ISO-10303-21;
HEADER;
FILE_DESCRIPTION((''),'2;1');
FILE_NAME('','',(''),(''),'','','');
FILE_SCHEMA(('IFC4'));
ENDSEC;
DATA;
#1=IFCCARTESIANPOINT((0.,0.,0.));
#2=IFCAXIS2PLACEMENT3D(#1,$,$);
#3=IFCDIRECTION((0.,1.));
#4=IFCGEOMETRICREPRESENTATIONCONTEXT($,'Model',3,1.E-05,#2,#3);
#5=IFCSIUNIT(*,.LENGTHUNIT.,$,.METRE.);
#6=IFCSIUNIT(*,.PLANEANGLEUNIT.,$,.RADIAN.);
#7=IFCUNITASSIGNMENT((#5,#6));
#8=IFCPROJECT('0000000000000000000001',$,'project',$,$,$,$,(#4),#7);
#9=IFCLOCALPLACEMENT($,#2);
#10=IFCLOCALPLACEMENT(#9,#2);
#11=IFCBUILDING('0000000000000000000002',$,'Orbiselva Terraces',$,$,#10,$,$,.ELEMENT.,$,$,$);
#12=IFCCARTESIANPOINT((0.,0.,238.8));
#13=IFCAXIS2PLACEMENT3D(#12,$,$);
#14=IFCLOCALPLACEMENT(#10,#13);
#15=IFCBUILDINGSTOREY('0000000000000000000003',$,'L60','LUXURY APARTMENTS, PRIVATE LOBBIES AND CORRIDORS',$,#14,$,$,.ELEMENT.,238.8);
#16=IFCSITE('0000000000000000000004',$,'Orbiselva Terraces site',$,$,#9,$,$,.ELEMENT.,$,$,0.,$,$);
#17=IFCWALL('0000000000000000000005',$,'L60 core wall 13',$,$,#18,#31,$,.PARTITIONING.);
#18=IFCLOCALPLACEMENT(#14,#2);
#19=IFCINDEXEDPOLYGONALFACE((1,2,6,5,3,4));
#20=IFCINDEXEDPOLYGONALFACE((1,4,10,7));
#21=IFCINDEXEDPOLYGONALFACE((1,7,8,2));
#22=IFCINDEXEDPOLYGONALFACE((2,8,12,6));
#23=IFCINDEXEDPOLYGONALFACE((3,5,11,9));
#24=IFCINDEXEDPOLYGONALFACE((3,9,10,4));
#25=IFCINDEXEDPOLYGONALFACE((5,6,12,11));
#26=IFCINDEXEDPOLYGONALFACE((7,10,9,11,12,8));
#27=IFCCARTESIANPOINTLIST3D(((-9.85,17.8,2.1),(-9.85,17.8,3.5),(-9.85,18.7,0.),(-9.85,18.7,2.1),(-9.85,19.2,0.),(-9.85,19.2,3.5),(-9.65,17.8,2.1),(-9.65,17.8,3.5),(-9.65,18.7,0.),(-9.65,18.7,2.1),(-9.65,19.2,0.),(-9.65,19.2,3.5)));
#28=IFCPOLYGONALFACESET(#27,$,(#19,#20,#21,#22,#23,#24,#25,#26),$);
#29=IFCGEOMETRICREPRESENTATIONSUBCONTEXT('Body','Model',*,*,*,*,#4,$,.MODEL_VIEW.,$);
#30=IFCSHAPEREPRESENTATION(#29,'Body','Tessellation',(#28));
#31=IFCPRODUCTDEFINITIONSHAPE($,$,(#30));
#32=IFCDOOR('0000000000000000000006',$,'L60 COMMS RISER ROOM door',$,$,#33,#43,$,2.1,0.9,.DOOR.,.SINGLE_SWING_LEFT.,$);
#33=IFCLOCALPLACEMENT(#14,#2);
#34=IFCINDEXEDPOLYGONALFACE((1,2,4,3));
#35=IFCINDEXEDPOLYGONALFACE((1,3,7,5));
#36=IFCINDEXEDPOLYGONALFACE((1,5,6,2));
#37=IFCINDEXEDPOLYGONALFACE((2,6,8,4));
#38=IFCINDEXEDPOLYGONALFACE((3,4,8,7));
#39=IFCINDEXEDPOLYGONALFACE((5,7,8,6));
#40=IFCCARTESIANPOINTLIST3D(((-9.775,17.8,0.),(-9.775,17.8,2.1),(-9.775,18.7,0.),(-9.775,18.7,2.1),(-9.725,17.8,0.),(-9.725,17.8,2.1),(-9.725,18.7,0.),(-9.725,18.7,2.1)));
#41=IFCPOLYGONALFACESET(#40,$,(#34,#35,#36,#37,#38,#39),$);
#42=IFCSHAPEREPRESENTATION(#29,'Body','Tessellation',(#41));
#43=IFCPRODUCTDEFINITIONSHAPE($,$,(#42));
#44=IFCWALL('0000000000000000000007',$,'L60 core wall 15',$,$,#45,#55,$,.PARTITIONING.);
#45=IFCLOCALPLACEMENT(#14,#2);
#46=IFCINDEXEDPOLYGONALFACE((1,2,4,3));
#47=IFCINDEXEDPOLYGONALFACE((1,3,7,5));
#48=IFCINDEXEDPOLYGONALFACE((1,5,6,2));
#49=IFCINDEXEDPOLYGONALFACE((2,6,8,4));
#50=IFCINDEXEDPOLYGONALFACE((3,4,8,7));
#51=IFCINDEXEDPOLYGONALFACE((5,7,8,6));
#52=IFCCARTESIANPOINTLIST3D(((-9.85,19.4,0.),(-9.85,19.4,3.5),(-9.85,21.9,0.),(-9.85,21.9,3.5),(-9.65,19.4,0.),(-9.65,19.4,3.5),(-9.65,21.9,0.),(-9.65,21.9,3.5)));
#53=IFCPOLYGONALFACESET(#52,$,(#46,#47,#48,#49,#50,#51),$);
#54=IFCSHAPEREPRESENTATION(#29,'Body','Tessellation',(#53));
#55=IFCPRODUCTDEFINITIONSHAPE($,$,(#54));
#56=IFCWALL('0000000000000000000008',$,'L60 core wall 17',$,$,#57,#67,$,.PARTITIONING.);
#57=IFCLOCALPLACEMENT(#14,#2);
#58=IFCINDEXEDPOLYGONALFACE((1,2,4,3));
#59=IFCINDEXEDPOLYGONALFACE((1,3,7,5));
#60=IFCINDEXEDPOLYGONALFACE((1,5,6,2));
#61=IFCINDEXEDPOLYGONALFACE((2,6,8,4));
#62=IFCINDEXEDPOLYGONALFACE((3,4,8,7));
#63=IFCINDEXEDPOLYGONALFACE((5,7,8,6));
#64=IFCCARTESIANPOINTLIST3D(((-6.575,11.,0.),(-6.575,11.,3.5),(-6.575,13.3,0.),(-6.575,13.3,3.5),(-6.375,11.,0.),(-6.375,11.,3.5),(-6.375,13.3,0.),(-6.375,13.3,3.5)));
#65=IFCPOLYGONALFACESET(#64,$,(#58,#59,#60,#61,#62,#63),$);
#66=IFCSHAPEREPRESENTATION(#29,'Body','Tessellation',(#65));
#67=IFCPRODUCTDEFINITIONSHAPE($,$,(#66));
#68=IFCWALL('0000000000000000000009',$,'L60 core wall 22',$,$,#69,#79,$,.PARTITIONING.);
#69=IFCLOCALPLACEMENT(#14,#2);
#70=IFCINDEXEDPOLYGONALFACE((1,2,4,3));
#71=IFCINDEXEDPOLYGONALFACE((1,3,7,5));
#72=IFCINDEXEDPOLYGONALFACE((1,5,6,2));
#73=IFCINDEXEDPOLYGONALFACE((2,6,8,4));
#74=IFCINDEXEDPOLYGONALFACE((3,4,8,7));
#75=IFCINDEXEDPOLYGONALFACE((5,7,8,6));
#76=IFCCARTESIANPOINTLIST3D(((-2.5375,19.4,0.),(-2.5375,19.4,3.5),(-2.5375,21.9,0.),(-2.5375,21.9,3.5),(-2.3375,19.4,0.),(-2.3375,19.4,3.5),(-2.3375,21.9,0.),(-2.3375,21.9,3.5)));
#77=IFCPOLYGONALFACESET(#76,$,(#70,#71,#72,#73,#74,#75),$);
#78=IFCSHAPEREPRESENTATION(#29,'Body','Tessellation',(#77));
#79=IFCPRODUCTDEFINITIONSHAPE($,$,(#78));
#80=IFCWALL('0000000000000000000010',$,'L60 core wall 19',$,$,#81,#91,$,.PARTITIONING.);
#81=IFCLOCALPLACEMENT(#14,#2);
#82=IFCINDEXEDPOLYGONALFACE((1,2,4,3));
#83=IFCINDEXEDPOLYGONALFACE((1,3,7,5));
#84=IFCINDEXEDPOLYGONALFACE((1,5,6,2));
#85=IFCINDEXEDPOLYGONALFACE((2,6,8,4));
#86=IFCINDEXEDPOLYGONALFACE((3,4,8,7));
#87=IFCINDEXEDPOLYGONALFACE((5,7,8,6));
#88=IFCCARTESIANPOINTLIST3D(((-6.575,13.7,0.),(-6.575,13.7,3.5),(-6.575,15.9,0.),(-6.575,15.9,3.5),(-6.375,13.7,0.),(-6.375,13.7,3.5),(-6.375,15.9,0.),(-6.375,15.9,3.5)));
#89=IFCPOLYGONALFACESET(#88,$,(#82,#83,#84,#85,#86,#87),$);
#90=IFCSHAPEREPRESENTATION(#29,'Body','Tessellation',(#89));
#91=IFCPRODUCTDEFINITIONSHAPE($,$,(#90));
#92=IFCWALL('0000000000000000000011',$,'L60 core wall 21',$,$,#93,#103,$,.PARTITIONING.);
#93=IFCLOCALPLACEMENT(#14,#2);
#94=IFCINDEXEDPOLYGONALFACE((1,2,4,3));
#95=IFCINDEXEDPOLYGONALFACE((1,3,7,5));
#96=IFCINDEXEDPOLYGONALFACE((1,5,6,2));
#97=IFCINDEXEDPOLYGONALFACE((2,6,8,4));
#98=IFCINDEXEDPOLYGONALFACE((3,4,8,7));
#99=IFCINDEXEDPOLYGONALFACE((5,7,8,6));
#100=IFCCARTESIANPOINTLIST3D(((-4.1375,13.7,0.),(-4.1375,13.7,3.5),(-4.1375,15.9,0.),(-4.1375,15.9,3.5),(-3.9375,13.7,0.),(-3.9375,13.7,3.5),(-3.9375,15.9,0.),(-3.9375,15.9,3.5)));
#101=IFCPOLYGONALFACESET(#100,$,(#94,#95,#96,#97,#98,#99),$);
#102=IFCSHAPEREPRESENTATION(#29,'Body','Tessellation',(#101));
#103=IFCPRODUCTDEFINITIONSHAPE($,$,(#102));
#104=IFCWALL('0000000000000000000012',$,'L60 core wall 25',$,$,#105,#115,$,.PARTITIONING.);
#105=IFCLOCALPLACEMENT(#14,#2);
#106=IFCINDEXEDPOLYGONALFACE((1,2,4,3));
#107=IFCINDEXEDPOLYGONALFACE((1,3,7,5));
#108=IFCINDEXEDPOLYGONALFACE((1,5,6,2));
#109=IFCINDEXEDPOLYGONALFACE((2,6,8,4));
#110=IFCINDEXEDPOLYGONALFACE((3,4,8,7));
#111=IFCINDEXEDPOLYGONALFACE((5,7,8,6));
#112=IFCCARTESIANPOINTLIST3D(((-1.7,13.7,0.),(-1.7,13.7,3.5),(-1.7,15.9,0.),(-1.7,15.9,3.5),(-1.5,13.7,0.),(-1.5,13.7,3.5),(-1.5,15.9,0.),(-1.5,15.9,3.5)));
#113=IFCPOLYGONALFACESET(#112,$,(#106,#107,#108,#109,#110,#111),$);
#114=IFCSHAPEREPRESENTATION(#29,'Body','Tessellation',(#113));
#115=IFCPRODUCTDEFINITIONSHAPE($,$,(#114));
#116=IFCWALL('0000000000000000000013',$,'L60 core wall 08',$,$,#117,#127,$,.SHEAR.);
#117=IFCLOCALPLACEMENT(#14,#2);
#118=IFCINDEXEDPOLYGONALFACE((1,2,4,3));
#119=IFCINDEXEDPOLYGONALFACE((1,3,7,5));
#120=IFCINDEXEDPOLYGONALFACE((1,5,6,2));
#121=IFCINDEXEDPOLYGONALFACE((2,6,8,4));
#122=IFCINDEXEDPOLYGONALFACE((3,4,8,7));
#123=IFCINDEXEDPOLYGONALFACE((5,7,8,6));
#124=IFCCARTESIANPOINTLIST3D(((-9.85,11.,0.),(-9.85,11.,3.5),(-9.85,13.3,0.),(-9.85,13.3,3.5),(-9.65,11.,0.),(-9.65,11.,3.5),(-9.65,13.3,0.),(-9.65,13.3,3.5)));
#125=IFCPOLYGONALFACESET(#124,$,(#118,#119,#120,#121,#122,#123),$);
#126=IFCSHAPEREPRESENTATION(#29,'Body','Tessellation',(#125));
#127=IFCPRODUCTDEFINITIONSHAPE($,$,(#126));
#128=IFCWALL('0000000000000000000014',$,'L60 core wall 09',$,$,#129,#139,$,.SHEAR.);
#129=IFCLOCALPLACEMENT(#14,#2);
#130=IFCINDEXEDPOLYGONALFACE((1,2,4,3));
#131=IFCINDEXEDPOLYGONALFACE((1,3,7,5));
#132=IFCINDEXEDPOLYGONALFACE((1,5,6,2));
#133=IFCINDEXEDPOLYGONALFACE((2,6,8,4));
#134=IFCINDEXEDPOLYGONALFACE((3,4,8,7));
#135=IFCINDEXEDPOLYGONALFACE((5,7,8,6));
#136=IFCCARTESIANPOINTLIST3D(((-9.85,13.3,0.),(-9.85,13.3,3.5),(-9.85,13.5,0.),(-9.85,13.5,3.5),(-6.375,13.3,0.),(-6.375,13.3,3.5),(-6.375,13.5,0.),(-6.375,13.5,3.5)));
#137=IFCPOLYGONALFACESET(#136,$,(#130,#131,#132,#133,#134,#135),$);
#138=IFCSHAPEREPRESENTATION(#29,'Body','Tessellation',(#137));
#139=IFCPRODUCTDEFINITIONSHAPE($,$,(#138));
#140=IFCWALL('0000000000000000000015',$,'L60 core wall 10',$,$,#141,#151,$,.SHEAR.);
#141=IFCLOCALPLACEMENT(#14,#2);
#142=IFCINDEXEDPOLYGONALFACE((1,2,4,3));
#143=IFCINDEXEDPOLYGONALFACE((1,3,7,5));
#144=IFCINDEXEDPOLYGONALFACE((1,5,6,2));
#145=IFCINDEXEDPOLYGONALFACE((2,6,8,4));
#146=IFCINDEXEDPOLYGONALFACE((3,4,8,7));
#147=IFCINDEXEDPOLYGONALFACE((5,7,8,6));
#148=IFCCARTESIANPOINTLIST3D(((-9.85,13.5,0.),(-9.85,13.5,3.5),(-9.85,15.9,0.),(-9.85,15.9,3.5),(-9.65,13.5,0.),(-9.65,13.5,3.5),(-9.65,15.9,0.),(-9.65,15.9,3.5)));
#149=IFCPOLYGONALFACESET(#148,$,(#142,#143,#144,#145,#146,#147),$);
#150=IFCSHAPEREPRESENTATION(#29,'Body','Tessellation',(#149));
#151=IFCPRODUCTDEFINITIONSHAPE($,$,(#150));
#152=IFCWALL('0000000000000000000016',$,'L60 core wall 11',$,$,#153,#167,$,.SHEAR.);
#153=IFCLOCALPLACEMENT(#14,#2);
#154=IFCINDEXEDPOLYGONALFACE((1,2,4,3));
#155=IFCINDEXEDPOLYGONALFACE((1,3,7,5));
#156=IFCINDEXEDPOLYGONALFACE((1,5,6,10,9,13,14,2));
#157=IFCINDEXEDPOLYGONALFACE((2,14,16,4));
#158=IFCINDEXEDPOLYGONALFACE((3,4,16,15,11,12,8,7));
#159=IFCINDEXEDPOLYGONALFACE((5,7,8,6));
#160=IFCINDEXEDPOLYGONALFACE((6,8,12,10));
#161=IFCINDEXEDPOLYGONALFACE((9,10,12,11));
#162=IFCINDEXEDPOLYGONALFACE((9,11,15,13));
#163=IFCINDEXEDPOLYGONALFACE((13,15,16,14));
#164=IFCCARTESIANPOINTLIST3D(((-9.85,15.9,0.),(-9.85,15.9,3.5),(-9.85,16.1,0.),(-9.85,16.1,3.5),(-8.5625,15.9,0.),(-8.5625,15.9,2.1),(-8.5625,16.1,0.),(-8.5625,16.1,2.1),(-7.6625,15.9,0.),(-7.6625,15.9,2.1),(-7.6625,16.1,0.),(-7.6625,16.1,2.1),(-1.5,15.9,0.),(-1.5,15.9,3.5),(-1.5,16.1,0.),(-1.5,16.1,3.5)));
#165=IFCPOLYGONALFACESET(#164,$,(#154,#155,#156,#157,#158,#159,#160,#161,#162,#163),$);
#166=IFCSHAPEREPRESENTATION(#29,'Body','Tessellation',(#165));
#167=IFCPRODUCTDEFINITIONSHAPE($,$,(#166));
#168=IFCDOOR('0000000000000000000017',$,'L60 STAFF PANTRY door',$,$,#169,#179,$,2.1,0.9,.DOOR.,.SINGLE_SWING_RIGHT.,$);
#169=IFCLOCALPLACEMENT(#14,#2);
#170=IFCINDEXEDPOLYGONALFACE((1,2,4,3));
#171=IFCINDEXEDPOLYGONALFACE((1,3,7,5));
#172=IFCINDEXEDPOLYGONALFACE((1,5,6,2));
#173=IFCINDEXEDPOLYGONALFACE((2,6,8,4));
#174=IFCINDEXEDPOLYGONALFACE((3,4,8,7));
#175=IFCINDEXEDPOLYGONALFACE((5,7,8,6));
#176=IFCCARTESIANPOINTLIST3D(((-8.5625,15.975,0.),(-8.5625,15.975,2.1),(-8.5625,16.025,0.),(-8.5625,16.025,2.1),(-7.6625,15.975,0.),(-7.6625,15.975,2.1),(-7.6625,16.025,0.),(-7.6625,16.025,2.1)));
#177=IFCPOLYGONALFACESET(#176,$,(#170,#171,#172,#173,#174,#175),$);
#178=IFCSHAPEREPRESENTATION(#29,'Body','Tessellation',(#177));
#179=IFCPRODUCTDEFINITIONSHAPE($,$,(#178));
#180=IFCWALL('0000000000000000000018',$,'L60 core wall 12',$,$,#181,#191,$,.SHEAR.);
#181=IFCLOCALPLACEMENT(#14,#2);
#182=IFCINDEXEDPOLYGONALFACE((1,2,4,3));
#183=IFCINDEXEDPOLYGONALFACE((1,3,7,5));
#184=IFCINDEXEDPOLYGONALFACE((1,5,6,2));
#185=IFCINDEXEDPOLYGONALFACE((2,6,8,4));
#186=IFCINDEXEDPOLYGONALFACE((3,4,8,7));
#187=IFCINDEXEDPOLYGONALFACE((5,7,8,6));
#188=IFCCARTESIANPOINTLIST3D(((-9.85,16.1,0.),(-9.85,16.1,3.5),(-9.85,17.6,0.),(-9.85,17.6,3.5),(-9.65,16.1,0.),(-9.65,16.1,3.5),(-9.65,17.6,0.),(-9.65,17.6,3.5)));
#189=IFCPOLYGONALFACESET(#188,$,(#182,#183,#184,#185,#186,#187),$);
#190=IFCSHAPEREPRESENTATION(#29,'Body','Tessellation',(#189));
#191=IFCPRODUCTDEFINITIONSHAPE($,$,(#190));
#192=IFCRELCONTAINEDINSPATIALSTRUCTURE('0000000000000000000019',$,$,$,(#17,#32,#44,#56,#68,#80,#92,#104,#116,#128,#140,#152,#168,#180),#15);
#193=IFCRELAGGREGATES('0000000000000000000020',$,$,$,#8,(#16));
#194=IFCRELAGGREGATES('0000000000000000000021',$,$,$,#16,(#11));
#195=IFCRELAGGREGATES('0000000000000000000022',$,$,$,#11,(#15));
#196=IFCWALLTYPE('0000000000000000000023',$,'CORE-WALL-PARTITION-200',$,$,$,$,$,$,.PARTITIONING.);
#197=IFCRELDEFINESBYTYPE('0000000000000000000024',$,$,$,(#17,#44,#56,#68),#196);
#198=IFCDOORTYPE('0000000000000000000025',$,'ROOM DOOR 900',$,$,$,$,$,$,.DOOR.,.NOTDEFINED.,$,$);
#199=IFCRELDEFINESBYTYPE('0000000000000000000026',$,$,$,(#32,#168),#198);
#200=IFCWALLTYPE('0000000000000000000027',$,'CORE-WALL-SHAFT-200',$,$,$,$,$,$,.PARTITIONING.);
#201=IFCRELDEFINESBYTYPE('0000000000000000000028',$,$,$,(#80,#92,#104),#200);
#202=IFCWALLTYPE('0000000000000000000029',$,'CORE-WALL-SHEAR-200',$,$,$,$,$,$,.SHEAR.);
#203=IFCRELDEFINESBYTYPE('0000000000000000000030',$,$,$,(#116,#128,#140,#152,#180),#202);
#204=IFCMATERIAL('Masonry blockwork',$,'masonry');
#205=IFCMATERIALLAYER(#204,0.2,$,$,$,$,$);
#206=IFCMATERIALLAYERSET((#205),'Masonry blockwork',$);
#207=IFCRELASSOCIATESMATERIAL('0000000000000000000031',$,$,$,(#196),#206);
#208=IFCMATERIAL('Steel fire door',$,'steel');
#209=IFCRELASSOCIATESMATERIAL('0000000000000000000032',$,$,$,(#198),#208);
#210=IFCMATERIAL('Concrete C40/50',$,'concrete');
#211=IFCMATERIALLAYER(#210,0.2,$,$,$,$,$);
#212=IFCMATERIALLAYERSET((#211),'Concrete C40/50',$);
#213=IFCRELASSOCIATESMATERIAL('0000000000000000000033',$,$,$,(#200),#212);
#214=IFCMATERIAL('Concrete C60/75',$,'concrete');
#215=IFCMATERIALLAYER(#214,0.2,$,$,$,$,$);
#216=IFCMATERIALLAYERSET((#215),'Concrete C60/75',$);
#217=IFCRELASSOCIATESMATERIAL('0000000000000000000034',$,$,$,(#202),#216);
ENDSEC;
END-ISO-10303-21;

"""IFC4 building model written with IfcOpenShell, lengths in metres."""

from ifc_helpers import new_model, si_unit, direction, frame, frame_2d, origin, place, context, subcontext, project, spatial, rectangle, extrude, material, layer, layer_set, type_object, element, fill, save


model = new_model("IFC4")

# Units and contexts
model_context = context("Model", 3, precision=1e-05, world=origin(), true_north=direction((0.0, 1.0)))
body_context = subcontext(model_context, "Body", "Model", "MODEL_VIEW")
ifc_project = project(units=[si_unit("LENGTHUNIT", "METRE"), si_unit("PLANEANGLEUNIT", "RADIAN")], contexts=[model_context])

# Site, building, storey
site_placement = place(None, origin())
site = spatial("IfcSite", under=ifc_project, at=site_placement, Name="Orbiselva Terraces site", CompositionType="ELEMENT", RefElevation=0.0)
building_placement = place(site_placement, origin())
building = spatial("IfcBuilding", under=site, at=building_placement, Name="Orbiselva Terraces", CompositionType="ELEMENT")
storey_placement = place(building_placement, frame((0.0, 0.0, 238.8)))
storey = spatial("IfcBuildingStorey", under=building, at=storey_placement, Name="L60", Description="LUXURY APARTMENTS, PRIVATE LOBBIES AND CORRIDORS", CompositionType="ELEMENT", Elevation=238.8)

# Wall, opening, door
ifc_material_1 = material(Name="Masonry blockwork", Category="masonry")
ifc_layer_1 = layer(ifc_material_1, 0.2)
ifc_layer_set_1 = layer_set([ifc_layer_1], Name="Masonry blockwork")
wall_type_1 = type_object("IfcWallType", Name="CORE-WALL-PARTITION-200", PredefinedType="PARTITIONING", material=ifc_layer_set_1)
wall_1_placement = place(storey_placement, frame((-9.75, 17.8, 0.0), z_axis=(0.0, 0.0, 1.0), x_axis=(0.0, 1.0, 0.0)))
wall_1 = element("IfcWall", 1, at=wall_1_placement, inside=storey, type_object=wall_type_1, Name="L60 core wall 13", PredefinedType="PARTITIONING", context=body_context, shape_type="SweptSolid", body=[
    extrude(rectangle(XDim=1.4, YDim=0.2, at=frame_2d((0.7, 0.0))), origin(), (0.0, 0.0, 1.0), 3.5),
])
opening_1_placement = place(wall_1_placement, origin())
opening_1 = element("IfcOpeningElement", 2, at=opening_1_placement, cuts=wall_1, PredefinedType="OPENING", context=body_context, shape_type="SweptSolid", body=[
    extrude(rectangle(XDim=0.9, YDim=2.1, at=frame_2d((0.45, 1.05))), frame((0.0, 0.11, 0.0), z_axis=(0.0, -1.0, 0.0), x_axis=(1.0, 0.0, 0.0)), (0.0, 0.0, 1.0), 0.22),
])
ifc_material_2 = material(Name="Steel fire door", Category="steel")
door_type_1 = type_object("IfcDoorType", Name="ROOM DOOR 900", OperationType="NOTDEFINED", PredefinedType="DOOR", material=ifc_material_2)
door_1_placement = place(opening_1_placement, origin())
door_1 = element("IfcDoor", 3, at=door_1_placement, inside=storey, type_object=door_type_1, Name="L60 COMMS RISER ROOM door", OperationType="SINGLE_SWING_LEFT", OverallHeight=2.1, OverallWidth=0.9, PredefinedType="DOOR", context=body_context, shape_type="SweptSolid", body=[
    extrude(rectangle(XDim=0.9, YDim=2.1, at=frame_2d((0.45, 1.05))), frame((0.0, 0.025, 0.0), z_axis=(0.0, -1.0, 0.0), x_axis=(1.0, 0.0, 0.0)), (0.0, 0.0, 1.0), 0.05),
])
fill(opening_1, door_1)

# Walls
wall_2_placement = place(storey_placement, frame((-9.75, 19.4, 0.0), z_axis=(0.0, 0.0, 1.0), x_axis=(0.0, 1.0, 0.0)))
element("IfcWall", 4, at=wall_2_placement, inside=storey, type_object=wall_type_1, Name="L60 core wall 15", PredefinedType="PARTITIONING", context=body_context, shape_type="SweptSolid", body=[
    extrude(rectangle(XDim=2.5, YDim=0.2, at=frame_2d((1.25, 0.0))), origin(), (0.0, 0.0, 1.0), 3.5),
])
wall_3_placement = place(storey_placement, frame((-6.475, 11.0, 0.0), z_axis=(0.0, 0.0, 1.0), x_axis=(0.0, 1.0, 0.0)))
element("IfcWall", 5, at=wall_3_placement, inside=storey, type_object=wall_type_1, Name="L60 core wall 17", PredefinedType="PARTITIONING", context=body_context, shape_type="SweptSolid", body=[
    extrude(rectangle(XDim=2.3, YDim=0.2, at=frame_2d((1.15, 0.0))), origin(), (0.0, 0.0, 1.0), 3.5),
])
wall_4_placement = place(storey_placement, frame((-2.4375, 19.4, 0.0), z_axis=(0.0, 0.0, 1.0), x_axis=(0.0, 1.0, 0.0)))
element("IfcWall", 6, at=wall_4_placement, inside=storey, type_object=wall_type_1, Name="L60 core wall 22", PredefinedType="PARTITIONING", context=body_context, shape_type="SweptSolid", body=[
    extrude(rectangle(XDim=2.5, YDim=0.2, at=frame_2d((1.25, 0.0))), origin(), (0.0, 0.0, 1.0), 3.5),
])
ifc_material_3 = material(Name="Concrete C40/50", Category="concrete")
ifc_layer_2 = layer(ifc_material_3, 0.2)
ifc_layer_set_2 = layer_set([ifc_layer_2], Name="Concrete C40/50")
wall_type_2 = type_object("IfcWallType", Name="CORE-WALL-SHAFT-200", PredefinedType="PARTITIONING", material=ifc_layer_set_2)
for number, where, z_axis, x_axis, name in (
    (7, (-6.475, 13.7, 0.0), (0.0, 0.0, 1.0), (0.0, 1.0, 0.0), "L60 core wall 19"),
    (8, (-4.0375, 13.7, 0.0), (0.0, 0.0, 1.0), (0.0, 1.0, 0.0), "L60 core wall 21"),
    (9, (-1.6, 13.7, 0.0), (0.0, 0.0, 1.0), (0.0, 1.0, 0.0), "L60 core wall 25"),
):
    element("IfcWall", number, at=place(storey_placement, frame(where, z_axis=z_axis, x_axis=x_axis)), inside=storey, type_object=wall_type_2, Name=name, PredefinedType="PARTITIONING", context=body_context, shape_type="SweptSolid", body=[
        extrude(rectangle(XDim=2.2, YDim=0.2, at=frame_2d((1.1, 0.0))), origin(), (0.0, 0.0, 1.0), 3.5),
    ])
ifc_material_4 = material(Name="Concrete C60/75", Category="concrete")
ifc_layer_3 = layer(ifc_material_4, 0.2)
ifc_layer_set_3 = layer_set([ifc_layer_3], Name="Concrete C60/75")
wall_type_3 = type_object("IfcWallType", Name="CORE-WALL-SHEAR-200", PredefinedType="SHEAR", material=ifc_layer_set_3)
wall_5_placement = place(storey_placement, frame((-9.75, 11.0, 0.0), z_axis=(0.0, 0.0, 1.0), x_axis=(0.0, 1.0, 0.0)))
element("IfcWall", 10, at=wall_5_placement, inside=storey, type_object=wall_type_3, Name="L60 core wall 08", PredefinedType="SHEAR", context=body_context, shape_type="SweptSolid", body=[
    extrude(rectangle(XDim=2.3, YDim=0.2, at=frame_2d((1.15, 0.0))), origin(), (0.0, 0.0, 1.0), 3.5),
])
wall_6_placement = place(storey_placement, frame((-9.85, 13.4, 0.0), z_axis=(0.0, 0.0, 1.0), x_axis=(1.0, 0.0, 0.0)))
element("IfcWall", 11, at=wall_6_placement, inside=storey, type_object=wall_type_3, Name="L60 core wall 09", PredefinedType="SHEAR", context=body_context, shape_type="SweptSolid", body=[
    extrude(rectangle(XDim=3.475, YDim=0.2, at=frame_2d((1.7375, 0.0))), origin(), (0.0, 0.0, 1.0), 3.5),
])
wall_7_placement = place(storey_placement, frame((-9.75, 13.5, 0.0), z_axis=(0.0, 0.0, 1.0), x_axis=(0.0, 1.0, 0.0)))
element("IfcWall", 12, at=wall_7_placement, inside=storey, type_object=wall_type_3, Name="L60 core wall 10", PredefinedType="SHEAR", context=body_context, shape_type="SweptSolid", body=[
    extrude(rectangle(XDim=2.4, YDim=0.2, at=frame_2d((1.2, 0.0))), origin(), (0.0, 0.0, 1.0), 3.5),
])

# Wall, opening, door
wall_8_placement = place(storey_placement, frame((-1.5, 16.0, 0.0), z_axis=(0.0, 0.0, 1.0), x_axis=(-1.0, 0.0, 0.0)))
wall_8 = element("IfcWall", 13, at=wall_8_placement, inside=storey, type_object=wall_type_3, Name="L60 core wall 11", PredefinedType="SHEAR", context=body_context, shape_type="SweptSolid", body=[
    extrude(rectangle(XDim=8.35, YDim=0.2, at=frame_2d((4.175, 0.0))), origin(), (0.0, 0.0, 1.0), 3.5),
])
opening_2_placement = place(wall_8_placement, frame((6.1625, 0.0, 0.0)))
opening_2 = element("IfcOpeningElement", 14, at=opening_2_placement, cuts=wall_8, PredefinedType="OPENING", context=body_context, shape_type="SweptSolid", body=[
    extrude(rectangle(XDim=0.9, YDim=2.1, at=frame_2d((0.45, 1.05))), frame((0.0, 0.11, 0.0), z_axis=(0.0, -1.0, 0.0), x_axis=(1.0, 0.0, 0.0)), (0.0, 0.0, 1.0), 0.22),
])
door_2_placement = place(opening_2_placement, origin())
door_2 = element("IfcDoor", 15, at=door_2_placement, inside=storey, type_object=door_type_1, Name="L60 STAFF PANTRY door", OperationType="SINGLE_SWING_RIGHT", OverallHeight=2.1, OverallWidth=0.9, PredefinedType="DOOR", context=body_context, shape_type="SweptSolid", body=[
    extrude(rectangle(XDim=0.9, YDim=2.1, at=frame_2d((0.45, 1.05))), frame((0.0, 0.025, 0.0), z_axis=(0.0, -1.0, 0.0), x_axis=(1.0, 0.0, 0.0)), (0.0, 0.0, 1.0), 0.05),
])
fill(opening_2, door_2)

# Wall
wall_9_placement = place(storey_placement, frame((-9.75, 16.1, 0.0), z_axis=(0.0, 0.0, 1.0), x_axis=(0.0, 1.0, 0.0)))
element("IfcWall", 16, at=wall_9_placement, inside=storey, type_object=wall_type_3, Name="L60 core wall 12", PredefinedType="SHEAR", context=body_context, shape_type="SweptSolid", body=[
    extrude(rectangle(XDim=1.5, YDim=0.2, at=frame_2d((0.75, 0.0))), origin(), (0.0, 0.0, 1.0), 3.5),
])

save(model, "model.ifc")
